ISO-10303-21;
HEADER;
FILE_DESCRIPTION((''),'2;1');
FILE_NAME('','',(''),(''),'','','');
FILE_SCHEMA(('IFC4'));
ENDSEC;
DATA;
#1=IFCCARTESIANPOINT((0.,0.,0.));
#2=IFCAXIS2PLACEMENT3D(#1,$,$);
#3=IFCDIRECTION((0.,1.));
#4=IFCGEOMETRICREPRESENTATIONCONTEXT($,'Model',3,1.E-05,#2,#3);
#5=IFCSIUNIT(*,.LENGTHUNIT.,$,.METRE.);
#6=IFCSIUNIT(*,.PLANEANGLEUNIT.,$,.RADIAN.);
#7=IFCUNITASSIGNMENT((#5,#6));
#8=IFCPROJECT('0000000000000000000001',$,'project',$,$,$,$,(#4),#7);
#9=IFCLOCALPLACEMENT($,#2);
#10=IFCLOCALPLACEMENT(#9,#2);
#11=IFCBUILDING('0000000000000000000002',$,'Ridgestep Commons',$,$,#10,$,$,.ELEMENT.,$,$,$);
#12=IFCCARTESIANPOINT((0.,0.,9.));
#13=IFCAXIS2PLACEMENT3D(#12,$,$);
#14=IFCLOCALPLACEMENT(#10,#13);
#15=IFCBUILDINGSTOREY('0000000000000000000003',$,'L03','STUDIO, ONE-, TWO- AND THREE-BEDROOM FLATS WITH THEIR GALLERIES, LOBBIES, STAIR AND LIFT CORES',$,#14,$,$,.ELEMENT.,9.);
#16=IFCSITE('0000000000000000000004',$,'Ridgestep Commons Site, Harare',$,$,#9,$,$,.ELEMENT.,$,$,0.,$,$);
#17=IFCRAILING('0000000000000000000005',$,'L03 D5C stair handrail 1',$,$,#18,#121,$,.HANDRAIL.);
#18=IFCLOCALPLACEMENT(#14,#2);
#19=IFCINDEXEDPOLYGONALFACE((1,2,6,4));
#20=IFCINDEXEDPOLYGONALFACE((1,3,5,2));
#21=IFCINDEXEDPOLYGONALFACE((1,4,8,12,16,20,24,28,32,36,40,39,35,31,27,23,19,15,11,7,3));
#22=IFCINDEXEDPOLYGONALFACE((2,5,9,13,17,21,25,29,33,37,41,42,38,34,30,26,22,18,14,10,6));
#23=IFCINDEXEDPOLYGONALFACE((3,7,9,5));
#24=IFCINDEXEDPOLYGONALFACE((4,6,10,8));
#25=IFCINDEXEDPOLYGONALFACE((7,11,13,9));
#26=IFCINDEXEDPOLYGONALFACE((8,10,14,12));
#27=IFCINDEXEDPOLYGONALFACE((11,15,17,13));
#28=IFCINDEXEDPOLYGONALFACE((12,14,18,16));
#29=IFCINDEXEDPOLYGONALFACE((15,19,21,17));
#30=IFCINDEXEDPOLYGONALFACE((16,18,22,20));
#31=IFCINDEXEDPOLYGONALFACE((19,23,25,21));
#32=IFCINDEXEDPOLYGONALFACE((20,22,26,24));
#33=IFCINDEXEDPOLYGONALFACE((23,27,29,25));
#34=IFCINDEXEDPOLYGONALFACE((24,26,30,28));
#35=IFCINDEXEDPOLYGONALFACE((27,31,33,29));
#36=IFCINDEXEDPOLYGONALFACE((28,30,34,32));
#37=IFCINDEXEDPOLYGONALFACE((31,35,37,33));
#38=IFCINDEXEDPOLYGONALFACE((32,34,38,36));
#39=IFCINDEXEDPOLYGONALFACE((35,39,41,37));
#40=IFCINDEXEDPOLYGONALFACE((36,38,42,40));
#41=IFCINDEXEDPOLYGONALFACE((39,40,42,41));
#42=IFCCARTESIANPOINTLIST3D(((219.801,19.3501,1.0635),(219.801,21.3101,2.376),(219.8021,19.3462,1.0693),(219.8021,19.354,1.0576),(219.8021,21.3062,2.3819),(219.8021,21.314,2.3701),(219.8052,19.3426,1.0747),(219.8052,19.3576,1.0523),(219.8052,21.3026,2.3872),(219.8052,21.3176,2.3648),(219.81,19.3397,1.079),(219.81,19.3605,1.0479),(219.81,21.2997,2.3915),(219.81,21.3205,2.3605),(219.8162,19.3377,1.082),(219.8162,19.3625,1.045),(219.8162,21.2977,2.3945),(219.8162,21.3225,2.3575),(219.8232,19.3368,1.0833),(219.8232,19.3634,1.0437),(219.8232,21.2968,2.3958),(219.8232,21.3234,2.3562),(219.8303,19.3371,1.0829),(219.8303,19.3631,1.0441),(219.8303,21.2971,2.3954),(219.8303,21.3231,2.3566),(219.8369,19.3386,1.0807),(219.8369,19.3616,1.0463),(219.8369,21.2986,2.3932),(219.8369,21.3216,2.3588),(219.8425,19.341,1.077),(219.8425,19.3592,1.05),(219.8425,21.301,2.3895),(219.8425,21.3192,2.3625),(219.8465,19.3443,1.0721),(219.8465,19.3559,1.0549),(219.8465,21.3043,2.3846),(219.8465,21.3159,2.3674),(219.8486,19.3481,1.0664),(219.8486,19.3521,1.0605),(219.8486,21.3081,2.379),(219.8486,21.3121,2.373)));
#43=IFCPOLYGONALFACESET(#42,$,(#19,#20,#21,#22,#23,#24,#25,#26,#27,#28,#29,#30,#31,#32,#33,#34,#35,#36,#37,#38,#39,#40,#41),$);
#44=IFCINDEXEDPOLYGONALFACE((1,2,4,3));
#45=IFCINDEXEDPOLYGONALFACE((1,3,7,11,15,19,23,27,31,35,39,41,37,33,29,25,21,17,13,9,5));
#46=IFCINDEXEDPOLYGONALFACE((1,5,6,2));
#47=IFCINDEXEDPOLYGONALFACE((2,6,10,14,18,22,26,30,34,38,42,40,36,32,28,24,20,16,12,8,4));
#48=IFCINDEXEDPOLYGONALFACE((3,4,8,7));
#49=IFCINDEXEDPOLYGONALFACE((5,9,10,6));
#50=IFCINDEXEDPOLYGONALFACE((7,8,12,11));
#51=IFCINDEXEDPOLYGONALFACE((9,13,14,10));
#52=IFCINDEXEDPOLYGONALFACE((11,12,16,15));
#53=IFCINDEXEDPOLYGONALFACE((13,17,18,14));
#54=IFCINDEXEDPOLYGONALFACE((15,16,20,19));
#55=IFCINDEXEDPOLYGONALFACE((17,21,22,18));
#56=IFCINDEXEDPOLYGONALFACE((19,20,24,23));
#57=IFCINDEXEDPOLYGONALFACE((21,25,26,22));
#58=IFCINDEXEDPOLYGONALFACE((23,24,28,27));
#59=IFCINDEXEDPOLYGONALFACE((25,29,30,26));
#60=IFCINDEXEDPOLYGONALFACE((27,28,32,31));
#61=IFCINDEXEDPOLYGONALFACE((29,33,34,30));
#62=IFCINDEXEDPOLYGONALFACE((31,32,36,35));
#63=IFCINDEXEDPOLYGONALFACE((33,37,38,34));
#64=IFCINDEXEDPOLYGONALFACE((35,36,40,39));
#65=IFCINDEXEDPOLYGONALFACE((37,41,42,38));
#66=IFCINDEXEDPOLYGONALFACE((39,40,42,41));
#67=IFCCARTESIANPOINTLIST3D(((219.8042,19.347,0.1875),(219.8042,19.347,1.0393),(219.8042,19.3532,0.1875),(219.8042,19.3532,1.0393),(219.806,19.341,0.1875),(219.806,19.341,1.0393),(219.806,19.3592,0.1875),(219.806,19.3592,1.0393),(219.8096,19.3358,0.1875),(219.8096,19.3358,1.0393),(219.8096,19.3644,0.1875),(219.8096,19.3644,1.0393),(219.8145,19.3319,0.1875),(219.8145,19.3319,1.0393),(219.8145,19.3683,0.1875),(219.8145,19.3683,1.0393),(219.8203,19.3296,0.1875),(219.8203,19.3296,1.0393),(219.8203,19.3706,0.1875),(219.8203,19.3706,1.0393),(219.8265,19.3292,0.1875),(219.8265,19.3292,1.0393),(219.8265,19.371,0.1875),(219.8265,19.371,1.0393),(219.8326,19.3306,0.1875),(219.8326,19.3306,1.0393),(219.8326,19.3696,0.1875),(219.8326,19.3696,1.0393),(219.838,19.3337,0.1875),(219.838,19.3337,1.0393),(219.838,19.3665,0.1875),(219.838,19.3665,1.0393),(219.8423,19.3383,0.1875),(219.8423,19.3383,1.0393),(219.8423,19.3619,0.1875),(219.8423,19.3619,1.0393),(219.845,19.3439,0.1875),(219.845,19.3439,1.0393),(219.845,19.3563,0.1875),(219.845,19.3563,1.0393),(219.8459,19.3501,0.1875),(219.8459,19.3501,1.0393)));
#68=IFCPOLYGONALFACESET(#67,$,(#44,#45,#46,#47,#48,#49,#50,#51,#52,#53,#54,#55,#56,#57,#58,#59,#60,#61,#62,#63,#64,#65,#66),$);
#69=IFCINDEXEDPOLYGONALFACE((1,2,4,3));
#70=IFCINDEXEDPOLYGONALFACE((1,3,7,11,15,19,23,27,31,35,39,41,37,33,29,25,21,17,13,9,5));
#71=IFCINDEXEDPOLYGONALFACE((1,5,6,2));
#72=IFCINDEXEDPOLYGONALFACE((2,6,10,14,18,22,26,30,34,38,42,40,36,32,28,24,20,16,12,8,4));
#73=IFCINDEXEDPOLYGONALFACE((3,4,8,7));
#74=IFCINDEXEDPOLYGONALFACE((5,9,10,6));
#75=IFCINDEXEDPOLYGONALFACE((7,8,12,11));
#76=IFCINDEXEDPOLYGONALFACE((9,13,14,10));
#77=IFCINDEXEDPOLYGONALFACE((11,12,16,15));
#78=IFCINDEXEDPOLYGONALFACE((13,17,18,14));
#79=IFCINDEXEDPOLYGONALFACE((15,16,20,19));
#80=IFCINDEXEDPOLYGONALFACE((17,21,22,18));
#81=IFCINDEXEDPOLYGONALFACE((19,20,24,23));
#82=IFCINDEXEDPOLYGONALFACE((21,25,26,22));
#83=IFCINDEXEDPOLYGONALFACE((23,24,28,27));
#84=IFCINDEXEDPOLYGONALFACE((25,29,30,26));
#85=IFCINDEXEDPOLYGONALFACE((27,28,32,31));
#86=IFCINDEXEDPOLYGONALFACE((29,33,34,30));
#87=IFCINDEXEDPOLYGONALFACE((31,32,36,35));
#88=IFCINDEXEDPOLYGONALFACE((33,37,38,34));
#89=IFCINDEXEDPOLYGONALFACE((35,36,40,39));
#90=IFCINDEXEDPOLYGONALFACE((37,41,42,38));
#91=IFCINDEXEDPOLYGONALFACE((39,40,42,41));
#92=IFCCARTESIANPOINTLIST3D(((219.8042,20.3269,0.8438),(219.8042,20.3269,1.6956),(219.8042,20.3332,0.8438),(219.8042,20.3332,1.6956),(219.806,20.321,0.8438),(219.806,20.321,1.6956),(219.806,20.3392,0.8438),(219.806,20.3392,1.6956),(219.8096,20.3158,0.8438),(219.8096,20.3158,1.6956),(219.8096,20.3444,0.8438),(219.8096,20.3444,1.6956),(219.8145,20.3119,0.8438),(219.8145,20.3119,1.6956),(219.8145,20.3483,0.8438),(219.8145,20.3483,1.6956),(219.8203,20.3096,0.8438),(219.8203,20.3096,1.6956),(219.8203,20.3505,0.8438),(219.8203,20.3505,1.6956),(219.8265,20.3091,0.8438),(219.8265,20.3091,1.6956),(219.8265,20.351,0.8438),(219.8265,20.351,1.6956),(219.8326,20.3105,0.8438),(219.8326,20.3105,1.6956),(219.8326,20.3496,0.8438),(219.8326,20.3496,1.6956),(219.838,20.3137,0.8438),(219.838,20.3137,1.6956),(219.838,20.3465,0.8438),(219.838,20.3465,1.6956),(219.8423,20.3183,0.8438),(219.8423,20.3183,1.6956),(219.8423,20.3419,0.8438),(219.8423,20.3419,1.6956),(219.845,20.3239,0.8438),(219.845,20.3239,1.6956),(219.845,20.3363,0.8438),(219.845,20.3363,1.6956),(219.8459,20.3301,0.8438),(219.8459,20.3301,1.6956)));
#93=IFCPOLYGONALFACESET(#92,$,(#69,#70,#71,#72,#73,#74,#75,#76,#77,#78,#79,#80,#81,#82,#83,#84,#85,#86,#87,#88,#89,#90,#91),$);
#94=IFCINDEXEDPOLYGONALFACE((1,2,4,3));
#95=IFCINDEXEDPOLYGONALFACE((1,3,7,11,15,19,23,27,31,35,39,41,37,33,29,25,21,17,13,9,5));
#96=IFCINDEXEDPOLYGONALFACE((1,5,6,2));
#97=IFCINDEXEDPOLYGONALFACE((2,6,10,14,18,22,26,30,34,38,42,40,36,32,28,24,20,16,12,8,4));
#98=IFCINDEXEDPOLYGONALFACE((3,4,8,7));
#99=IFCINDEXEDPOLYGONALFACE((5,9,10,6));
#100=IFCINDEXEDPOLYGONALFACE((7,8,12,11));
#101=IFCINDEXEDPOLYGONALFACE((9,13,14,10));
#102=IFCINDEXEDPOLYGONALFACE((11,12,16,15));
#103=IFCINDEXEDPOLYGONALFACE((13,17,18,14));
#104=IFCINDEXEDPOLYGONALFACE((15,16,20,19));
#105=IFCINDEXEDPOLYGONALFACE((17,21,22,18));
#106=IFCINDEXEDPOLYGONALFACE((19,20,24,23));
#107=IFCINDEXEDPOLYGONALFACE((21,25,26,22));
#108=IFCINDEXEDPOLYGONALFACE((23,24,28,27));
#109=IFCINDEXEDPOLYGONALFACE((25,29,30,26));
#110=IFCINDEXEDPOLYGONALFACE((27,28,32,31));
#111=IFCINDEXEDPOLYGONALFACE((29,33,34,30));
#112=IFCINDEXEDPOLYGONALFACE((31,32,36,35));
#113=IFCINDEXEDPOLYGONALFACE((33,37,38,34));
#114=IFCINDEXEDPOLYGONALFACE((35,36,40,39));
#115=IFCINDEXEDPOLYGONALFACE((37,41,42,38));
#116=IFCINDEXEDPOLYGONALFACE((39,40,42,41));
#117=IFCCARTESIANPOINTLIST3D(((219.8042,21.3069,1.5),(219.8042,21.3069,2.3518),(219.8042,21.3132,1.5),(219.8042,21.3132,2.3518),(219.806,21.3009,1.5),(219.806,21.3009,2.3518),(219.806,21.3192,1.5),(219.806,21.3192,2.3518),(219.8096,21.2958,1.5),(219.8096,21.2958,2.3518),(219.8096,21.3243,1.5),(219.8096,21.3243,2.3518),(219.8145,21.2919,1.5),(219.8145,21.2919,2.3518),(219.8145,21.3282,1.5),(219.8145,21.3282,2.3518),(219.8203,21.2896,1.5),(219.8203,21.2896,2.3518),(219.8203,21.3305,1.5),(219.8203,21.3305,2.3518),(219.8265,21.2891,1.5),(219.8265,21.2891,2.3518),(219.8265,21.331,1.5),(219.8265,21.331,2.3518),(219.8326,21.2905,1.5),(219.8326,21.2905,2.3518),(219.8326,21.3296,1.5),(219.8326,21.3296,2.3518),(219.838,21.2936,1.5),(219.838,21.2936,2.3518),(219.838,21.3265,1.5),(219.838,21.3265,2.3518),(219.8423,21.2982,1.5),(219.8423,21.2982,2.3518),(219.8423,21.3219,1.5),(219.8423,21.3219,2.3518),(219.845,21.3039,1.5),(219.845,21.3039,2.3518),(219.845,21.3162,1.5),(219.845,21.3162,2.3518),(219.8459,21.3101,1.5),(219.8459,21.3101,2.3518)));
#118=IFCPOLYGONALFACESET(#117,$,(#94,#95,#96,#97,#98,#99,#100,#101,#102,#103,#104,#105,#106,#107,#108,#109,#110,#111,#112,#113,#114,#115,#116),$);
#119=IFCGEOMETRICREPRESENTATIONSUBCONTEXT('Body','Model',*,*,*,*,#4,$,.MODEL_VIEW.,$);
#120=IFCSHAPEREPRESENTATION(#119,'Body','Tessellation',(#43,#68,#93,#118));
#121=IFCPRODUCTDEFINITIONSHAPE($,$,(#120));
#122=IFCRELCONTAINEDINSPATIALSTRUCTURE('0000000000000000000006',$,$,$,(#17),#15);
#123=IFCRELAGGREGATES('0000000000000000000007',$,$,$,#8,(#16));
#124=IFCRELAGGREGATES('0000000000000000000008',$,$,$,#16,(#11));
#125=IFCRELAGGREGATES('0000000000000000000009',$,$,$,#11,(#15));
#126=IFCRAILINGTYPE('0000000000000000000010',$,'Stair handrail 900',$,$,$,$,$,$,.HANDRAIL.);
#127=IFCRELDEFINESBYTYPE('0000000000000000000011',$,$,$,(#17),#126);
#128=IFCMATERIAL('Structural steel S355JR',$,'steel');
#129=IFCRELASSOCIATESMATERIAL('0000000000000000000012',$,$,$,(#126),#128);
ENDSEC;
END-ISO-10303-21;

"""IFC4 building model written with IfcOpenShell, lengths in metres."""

from ifc_helpers import new_model, si_unit, direction, frame, origin, origin_2d, place, context, subcontext, project, spatial, circle, extrude, material, type_object, element, save


model = new_model("IFC4")

# Units and contexts
model_context = context("Model", 3, precision=1e-05, world=origin(), true_north=direction((0.0, 1.0)))
body_context = subcontext(model_context, "Body", "Model", "MODEL_VIEW")
ifc_project = project(units=[si_unit("LENGTHUNIT", "METRE"), si_unit("PLANEANGLEUNIT", "RADIAN")], contexts=[model_context])

# Site, building, storey
site_placement = place(None, origin())
site = spatial("IfcSite", under=ifc_project, at=site_placement, Name="Ridgestep Commons Site, Harare", CompositionType="ELEMENT", RefElevation=0.0)
building_placement = place(site_placement, origin())
building = spatial("IfcBuilding", under=site, at=building_placement, Name="Ridgestep Commons", CompositionType="ELEMENT")
storey_placement = place(building_placement, frame((0.0, 0.0, 9.0)))
storey = spatial("IfcBuildingStorey", under=building, at=storey_placement, Name="L03", Description="STUDIO, ONE-, TWO- AND THREE-BEDROOM FLATS WITH THEIR GALLERIES, LOBBIES, STAIR AND LIFT CORES", CompositionType="ELEMENT", Elevation=9.0)

# Railing
ifc_material_1 = material(Name="Structural steel S355JR", Category="steel")
railing_type_1 = type_object("IfcRailingType", Name="Stair handrail 900", PredefinedType="HANDRAIL", material=ifc_material_1)
railing_1_placement = place(storey_placement, frame((219.825, 19.3501, 0.1875)))
element("IfcRailing", 1, at=railing_1_placement, inside=storey, type_object=railing_type_1, Name="L03 D5C stair handrail 1", PredefinedType="HANDRAIL", context=body_context, shape_type="SweptSolid", body=[
    extrude(circle(Radius=0.0239, at=origin_2d()), frame((0.0, 0.0, 0.876), z_axis=(0.0, 0.830902, 0.556419), x_axis=(-1.0, 0.0, 0.0)), (0.0, 0.0, 1.0), 2.3589),
    extrude(circle(Radius=0.021, at=origin_2d()), origin(), (0.0, 0.0, 1.0), 0.8518),
    extrude(circle(Radius=0.021, at=origin_2d()), frame((0.0, 0.98, 0.6562)), (0.0, 0.0, 1.0), 0.8518),
    extrude(circle(Radius=0.021, at=origin_2d()), frame((0.0, 1.96, 1.3125)), (0.0, 0.0, 1.0), 0.8518),
])

save(model, "model.ifc")
